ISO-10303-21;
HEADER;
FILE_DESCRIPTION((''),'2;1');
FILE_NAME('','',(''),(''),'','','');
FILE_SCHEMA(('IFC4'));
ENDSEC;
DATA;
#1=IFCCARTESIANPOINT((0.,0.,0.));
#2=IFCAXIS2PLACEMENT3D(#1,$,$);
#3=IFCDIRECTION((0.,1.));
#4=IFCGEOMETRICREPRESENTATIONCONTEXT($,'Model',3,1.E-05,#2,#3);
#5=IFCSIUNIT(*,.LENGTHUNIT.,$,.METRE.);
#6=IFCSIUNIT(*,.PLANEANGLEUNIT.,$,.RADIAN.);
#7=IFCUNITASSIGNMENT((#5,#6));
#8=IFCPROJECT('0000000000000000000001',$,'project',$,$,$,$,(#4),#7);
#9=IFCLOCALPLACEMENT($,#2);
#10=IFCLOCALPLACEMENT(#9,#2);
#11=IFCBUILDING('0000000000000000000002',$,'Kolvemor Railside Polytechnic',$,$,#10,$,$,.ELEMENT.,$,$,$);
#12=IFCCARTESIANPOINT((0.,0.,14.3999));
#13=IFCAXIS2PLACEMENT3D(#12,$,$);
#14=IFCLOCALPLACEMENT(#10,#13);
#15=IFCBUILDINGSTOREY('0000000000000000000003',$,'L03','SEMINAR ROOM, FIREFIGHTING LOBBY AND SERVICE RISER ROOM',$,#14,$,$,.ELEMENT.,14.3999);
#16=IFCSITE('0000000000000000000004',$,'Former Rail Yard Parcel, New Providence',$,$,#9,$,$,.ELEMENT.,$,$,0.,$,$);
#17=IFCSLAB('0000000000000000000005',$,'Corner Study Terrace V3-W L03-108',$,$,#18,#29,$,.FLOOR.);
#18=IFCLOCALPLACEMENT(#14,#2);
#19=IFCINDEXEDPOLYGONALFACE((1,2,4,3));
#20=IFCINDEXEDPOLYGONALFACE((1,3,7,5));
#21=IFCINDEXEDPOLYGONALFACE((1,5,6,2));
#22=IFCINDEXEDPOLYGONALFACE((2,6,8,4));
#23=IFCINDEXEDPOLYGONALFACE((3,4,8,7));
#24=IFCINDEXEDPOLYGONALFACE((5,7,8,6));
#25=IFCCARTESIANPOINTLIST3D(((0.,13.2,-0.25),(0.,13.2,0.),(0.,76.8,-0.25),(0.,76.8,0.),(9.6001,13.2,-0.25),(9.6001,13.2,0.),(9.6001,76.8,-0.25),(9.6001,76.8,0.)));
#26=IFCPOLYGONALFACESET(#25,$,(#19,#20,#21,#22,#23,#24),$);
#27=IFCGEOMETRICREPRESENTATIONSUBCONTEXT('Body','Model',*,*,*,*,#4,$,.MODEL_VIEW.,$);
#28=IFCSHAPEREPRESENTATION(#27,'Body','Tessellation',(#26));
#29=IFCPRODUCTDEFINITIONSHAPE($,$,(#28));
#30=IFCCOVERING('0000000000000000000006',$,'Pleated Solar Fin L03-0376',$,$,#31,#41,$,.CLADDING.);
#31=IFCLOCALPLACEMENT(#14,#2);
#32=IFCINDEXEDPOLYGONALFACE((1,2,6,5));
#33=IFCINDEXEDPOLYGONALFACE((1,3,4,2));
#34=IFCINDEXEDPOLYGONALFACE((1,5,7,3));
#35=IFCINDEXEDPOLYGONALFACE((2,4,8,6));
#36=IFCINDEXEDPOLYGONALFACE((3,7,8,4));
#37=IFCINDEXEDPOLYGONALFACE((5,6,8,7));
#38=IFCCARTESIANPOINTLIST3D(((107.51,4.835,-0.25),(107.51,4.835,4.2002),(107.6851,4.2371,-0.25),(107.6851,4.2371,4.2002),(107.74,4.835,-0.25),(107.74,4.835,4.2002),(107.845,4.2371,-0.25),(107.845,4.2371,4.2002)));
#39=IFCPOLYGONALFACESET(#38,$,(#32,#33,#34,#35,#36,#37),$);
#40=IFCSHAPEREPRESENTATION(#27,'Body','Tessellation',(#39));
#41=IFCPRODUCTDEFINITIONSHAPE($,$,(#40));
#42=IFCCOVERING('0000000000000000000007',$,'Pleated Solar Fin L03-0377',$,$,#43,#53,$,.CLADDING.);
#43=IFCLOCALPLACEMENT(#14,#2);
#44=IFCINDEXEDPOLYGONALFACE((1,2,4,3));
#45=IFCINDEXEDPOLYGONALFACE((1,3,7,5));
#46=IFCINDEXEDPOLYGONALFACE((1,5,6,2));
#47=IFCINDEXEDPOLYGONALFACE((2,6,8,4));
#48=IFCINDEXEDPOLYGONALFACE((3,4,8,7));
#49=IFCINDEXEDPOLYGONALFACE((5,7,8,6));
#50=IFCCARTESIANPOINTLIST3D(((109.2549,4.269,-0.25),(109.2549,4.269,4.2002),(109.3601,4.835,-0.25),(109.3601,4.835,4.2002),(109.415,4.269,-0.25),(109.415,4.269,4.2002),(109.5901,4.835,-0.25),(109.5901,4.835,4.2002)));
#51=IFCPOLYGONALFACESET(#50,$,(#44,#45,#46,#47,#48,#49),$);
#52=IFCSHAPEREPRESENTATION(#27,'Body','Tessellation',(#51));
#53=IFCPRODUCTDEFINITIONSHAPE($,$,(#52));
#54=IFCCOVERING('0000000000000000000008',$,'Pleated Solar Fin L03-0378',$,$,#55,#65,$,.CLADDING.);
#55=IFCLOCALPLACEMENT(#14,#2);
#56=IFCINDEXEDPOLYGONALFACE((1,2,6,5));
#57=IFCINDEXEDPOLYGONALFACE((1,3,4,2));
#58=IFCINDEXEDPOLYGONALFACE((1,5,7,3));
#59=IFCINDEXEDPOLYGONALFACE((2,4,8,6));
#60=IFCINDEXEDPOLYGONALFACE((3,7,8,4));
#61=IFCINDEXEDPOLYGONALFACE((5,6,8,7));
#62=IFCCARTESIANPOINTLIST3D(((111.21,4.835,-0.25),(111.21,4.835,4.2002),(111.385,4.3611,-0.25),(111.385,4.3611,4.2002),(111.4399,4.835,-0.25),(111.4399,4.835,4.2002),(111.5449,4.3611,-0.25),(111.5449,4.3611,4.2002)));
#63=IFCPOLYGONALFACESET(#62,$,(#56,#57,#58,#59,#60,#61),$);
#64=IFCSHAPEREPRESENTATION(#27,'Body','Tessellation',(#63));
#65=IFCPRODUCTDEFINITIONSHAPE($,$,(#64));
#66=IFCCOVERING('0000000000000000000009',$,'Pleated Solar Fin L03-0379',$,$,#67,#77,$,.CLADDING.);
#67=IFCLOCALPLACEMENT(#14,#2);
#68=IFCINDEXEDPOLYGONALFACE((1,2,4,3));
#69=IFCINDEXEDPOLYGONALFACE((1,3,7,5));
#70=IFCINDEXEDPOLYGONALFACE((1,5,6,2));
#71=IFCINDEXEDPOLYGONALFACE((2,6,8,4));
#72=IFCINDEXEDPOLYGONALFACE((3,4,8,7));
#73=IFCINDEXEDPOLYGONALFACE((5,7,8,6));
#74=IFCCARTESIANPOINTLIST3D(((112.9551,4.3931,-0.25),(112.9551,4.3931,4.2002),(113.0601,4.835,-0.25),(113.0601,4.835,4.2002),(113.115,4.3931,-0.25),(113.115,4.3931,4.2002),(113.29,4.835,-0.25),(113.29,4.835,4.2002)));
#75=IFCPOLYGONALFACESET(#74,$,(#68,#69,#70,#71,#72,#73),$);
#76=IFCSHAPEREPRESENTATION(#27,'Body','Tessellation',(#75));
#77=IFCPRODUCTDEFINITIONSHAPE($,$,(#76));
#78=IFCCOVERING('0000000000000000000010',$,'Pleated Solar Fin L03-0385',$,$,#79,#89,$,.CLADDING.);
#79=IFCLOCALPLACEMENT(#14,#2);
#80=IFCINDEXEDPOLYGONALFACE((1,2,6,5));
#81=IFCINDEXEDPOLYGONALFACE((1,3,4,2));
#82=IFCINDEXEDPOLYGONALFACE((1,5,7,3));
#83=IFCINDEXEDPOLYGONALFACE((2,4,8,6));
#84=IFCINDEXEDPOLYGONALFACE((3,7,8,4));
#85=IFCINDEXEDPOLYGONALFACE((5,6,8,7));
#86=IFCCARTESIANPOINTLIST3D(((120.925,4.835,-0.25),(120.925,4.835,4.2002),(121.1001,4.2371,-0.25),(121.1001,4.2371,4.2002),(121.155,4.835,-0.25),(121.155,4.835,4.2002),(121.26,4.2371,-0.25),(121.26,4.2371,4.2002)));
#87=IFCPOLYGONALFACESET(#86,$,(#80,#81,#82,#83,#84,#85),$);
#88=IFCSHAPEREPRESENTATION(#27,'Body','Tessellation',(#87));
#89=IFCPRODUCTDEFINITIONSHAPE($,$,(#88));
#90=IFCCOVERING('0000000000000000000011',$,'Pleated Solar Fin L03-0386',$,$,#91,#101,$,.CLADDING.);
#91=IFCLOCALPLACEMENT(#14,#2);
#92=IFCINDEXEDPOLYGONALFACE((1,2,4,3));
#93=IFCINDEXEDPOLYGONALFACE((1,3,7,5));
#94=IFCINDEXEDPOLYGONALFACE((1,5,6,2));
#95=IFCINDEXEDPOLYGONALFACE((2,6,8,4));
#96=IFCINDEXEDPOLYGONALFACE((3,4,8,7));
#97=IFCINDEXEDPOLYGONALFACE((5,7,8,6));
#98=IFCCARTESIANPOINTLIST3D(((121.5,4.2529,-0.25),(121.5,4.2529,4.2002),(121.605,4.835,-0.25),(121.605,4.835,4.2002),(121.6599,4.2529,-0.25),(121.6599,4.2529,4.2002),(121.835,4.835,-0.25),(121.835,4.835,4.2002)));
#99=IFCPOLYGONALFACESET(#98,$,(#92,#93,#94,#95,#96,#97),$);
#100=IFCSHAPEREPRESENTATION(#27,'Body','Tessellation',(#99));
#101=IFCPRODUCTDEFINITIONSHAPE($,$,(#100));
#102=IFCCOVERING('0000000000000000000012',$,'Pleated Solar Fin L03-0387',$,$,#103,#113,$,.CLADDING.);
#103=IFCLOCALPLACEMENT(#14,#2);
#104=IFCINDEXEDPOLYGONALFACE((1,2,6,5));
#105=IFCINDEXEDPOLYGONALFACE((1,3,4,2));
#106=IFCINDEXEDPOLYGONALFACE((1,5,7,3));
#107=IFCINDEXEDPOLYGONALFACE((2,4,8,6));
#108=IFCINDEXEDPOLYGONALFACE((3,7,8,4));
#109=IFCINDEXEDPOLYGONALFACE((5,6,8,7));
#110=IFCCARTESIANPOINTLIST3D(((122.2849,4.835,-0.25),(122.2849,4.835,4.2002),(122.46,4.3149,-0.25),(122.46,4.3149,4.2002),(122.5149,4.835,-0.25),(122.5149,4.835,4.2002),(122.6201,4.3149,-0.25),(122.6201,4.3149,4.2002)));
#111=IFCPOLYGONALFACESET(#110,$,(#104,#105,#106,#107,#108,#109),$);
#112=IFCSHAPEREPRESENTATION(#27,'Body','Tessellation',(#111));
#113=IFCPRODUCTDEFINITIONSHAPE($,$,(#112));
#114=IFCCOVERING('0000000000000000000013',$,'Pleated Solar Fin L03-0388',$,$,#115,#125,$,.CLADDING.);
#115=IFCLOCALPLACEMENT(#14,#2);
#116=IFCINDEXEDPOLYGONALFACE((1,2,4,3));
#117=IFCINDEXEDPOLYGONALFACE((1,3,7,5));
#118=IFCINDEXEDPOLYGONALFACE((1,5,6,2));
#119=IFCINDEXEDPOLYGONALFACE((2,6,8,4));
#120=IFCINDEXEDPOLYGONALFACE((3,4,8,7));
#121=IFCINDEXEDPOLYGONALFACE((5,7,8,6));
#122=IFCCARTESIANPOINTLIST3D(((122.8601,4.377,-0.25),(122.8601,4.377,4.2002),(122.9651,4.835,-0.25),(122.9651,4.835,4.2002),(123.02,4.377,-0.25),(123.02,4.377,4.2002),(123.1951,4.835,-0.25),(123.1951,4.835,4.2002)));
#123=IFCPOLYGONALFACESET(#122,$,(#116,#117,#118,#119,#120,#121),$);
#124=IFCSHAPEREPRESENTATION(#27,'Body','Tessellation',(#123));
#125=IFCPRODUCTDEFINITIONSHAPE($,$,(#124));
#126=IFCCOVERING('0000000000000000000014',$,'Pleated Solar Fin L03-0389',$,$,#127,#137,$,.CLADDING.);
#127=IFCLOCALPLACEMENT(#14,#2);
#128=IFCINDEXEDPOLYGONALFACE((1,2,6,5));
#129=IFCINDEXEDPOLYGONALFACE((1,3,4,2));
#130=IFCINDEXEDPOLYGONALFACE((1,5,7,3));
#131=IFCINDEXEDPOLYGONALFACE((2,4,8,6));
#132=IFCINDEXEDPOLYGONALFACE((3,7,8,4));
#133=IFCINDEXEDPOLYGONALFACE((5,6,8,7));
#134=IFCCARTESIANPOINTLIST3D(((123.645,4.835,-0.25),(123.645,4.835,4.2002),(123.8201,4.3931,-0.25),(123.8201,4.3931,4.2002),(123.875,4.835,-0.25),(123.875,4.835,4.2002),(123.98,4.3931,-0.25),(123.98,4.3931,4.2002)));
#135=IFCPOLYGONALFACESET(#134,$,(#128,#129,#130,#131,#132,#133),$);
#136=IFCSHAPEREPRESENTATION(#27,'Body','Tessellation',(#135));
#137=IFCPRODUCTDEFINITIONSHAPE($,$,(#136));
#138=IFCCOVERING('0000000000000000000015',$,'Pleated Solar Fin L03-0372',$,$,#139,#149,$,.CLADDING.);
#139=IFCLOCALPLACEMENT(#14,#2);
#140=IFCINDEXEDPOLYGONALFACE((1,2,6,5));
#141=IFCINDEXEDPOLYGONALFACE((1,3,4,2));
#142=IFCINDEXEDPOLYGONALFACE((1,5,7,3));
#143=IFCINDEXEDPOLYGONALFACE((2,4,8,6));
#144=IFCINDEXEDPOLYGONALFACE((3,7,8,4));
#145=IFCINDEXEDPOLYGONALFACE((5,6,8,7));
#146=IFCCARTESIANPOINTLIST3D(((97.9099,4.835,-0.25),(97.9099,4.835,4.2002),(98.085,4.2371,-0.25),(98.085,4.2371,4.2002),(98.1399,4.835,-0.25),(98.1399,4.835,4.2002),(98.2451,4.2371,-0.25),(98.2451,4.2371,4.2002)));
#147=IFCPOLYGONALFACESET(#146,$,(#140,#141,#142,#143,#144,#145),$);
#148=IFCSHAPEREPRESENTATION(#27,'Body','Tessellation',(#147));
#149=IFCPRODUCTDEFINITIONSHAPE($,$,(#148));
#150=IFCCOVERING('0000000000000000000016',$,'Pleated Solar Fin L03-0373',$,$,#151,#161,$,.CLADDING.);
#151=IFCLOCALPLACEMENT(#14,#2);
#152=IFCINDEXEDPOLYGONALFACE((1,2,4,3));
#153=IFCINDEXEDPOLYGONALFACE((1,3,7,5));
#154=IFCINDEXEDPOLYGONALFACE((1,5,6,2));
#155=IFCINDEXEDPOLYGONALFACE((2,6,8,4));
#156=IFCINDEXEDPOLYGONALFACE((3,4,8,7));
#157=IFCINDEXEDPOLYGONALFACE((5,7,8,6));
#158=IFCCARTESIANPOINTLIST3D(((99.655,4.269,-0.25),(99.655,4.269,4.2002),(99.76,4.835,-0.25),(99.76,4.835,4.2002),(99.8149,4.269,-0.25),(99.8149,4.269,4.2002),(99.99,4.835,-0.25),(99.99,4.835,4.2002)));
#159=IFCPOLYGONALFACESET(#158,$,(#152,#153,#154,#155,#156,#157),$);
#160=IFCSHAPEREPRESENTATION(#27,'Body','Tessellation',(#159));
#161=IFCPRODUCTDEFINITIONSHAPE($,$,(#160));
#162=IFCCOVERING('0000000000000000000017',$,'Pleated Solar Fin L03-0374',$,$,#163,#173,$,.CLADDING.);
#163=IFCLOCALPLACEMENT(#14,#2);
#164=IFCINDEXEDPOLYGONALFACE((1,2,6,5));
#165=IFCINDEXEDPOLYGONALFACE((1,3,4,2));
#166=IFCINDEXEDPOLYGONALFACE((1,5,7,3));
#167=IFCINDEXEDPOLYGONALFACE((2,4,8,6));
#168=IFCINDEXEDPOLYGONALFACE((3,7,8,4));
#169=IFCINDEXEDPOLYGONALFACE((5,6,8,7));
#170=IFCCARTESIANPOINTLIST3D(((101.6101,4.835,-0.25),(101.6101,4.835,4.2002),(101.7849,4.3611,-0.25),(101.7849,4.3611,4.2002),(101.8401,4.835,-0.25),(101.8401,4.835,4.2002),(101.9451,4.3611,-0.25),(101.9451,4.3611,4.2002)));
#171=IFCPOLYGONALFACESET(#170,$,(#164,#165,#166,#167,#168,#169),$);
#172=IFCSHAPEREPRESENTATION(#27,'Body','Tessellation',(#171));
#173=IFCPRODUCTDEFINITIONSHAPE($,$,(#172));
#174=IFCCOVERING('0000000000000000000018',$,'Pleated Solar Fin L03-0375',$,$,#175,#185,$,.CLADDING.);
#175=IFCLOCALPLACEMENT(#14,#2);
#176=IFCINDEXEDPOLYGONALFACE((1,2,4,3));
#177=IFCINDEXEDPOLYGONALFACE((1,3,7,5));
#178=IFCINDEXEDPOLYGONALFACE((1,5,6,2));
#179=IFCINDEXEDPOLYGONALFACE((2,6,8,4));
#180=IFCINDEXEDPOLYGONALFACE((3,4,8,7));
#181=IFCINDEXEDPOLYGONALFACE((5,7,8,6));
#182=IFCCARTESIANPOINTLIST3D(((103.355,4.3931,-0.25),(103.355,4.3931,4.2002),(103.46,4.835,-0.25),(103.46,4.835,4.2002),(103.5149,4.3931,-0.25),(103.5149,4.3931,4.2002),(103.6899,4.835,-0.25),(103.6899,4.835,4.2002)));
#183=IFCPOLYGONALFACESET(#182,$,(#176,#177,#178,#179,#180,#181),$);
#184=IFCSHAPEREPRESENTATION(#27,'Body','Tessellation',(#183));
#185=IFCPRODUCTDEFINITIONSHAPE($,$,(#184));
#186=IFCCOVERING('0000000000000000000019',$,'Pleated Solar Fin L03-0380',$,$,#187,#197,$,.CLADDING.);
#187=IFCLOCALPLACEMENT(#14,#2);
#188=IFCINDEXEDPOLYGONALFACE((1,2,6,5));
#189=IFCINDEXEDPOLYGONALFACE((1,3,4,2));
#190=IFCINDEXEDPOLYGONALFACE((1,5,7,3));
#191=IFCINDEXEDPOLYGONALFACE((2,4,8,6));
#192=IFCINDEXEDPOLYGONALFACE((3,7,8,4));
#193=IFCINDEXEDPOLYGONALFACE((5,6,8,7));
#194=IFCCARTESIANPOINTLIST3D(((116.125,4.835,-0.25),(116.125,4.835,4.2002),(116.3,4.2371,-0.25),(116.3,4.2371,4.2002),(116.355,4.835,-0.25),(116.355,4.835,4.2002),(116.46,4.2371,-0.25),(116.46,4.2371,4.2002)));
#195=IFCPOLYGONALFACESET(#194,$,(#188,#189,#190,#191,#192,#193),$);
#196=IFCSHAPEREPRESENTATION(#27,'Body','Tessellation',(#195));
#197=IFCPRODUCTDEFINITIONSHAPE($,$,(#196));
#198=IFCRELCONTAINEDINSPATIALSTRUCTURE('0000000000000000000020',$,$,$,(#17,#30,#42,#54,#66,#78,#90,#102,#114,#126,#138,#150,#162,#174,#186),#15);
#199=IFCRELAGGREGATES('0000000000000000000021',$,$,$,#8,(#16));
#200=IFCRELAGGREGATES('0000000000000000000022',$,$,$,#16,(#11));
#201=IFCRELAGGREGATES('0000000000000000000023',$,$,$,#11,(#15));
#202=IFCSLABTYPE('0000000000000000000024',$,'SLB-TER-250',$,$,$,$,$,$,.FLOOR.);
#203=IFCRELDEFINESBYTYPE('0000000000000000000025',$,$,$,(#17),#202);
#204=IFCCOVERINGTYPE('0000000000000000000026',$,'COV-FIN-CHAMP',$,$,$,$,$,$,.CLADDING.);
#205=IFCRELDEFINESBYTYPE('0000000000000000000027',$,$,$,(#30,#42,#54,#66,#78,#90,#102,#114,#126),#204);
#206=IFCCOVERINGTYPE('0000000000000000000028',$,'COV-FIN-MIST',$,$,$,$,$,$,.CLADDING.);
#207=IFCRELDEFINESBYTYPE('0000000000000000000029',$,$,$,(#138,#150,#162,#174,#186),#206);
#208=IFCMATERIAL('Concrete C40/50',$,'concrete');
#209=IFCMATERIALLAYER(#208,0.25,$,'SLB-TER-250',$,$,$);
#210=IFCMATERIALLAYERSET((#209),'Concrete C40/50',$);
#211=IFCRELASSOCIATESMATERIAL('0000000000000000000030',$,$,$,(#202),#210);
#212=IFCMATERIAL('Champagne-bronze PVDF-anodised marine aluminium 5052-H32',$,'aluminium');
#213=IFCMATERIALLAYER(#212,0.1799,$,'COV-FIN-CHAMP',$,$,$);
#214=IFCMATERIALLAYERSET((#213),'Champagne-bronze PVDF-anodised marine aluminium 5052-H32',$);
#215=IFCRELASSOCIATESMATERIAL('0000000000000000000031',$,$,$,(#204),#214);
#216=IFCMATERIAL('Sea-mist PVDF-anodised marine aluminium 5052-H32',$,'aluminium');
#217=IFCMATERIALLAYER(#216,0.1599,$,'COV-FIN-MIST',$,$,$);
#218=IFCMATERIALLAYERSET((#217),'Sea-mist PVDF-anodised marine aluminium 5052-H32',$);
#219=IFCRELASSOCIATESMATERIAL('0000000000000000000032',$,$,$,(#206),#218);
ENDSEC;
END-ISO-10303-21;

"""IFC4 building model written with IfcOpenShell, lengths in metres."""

from ifc_helpers import new_model, si_unit, direction, frame, origin, place, context, subcontext, project, spatial, polyline, outline, extrude, material, layer, layer_set, type_object, element, save


model = new_model("IFC4")

# Units and contexts
model_context = context("Model", 3, precision=1e-05, world=origin(), true_north=direction((0.0, 1.0)))
body_context = subcontext(model_context, "Body", "Model", "MODEL_VIEW")
ifc_project = project(units=[si_unit("LENGTHUNIT", "METRE"), si_unit("PLANEANGLEUNIT", "RADIAN")], contexts=[model_context])

# Site, building, storey
site_placement = place(None, origin())
site = spatial("IfcSite", under=ifc_project, at=site_placement, Name="Former Rail Yard Parcel, New Providence", CompositionType="ELEMENT", RefElevation=0.0)
building_placement = place(site_placement, origin())
building = spatial("IfcBuilding", under=site, at=building_placement, Name="Kolvemor Railside Polytechnic", CompositionType="ELEMENT")
storey_placement = place(building_placement, frame((0.0, 0.0, 14.3999)))
storey = spatial("IfcBuildingStorey", under=building, at=storey_placement, Name="L03", Description="SEMINAR ROOM, FIREFIGHTING LOBBY AND SERVICE RISER ROOM", CompositionType="ELEMENT", Elevation=14.3999)

# Slab
ifc_material_1 = material(Name="Concrete C40/50", Category="concrete")
ifc_layer_1 = layer(ifc_material_1, 0.25, Name="SLB-TER-250")
ifc_layer_set_1 = layer_set([ifc_layer_1], Name="Concrete C40/50")
slab_type = type_object("IfcSlabType", Name="SLB-TER-250", PredefinedType="FLOOR", material=ifc_layer_set_1)
slab_placement = place(storey_placement, frame((0.0, 0.0, -0.25)))
element("IfcSlab", 1, at=slab_placement, inside=storey, type_object=slab_type, Name="Corner Study Terrace V3-W L03-108", PredefinedType="FLOOR", context=body_context, shape_type="SweptSolid", body=[
    extrude(outline(polyline([(0.0, 13.2), (9.6001, 13.2), (9.6001, 76.8), (0.0, 76.8), (0.0, 13.2)])), origin(), (0.0, 0.0, 1.0), 0.25),
])

# Coverings
ifc_material_2 = material(Name="Champagne-bronze PVDF-anodised marine aluminium 5052-H32", Category="aluminium")
ifc_layer_2 = layer(ifc_material_2, 0.1799, Name="COV-FIN-CHAMP")
ifc_layer_set_2 = layer_set([ifc_layer_2], Name="Champagne-bronze PVDF-anodised marine aluminium 5052-H32")
covering_type_1 = type_object("IfcCoveringType", Name="COV-FIN-CHAMP", PredefinedType="CLADDING", material=ifc_layer_set_2)
covering_1_placement = place(storey_placement, frame((0.0, 0.0, -0.25)))
element("IfcCovering", 2, at=covering_1_placement, inside=storey, type_object=covering_type_1, Name="Pleated Solar Fin L03-0376", PredefinedType="CLADDING", context=body_context, shape_type="SweptSolid", body=[
    extrude(outline(polyline([(107.51, 4.835), (107.74, 4.835), (107.845, 4.2371), (107.6851, 4.2371), (107.51, 4.835)])), origin(), (0.0, 0.0, 1.0), 4.4502),
])
covering_2_placement = place(storey_placement, frame((0.0, 0.0, -0.25)))
element("IfcCovering", 3, at=covering_2_placement, inside=storey, type_object=covering_type_1, Name="Pleated Solar Fin L03-0377", PredefinedType="CLADDING", context=body_context, shape_type="SweptSolid", body=[
    extrude(outline(polyline([(109.3601, 4.835), (109.5901, 4.835), (109.415, 4.269), (109.2549, 4.269), (109.3601, 4.835)])), origin(), (0.0, 0.0, 1.0), 4.4502),
])
covering_3_placement = place(storey_placement, frame((0.0, 0.0, -0.25)))
element("IfcCovering", 4, at=covering_3_placement, inside=storey, type_object=covering_type_1, Name="Pleated Solar Fin L03-0378", PredefinedType="CLADDING", context=body_context, shape_type="SweptSolid", body=[
    extrude(outline(polyline([(111.21, 4.835), (111.4399, 4.835), (111.5449, 4.3611), (111.385, 4.3611), (111.21, 4.835)])), origin(), (0.0, 0.0, 1.0), 4.4502),
])
covering_4_placement = place(storey_placement, frame((0.0, 0.0, -0.25)))
element("IfcCovering", 5, at=covering_4_placement, inside=storey, type_object=covering_type_1, Name="Pleated Solar Fin L03-0379", PredefinedType="CLADDING", context=body_context, shape_type="SweptSolid", body=[
    extrude(outline(polyline([(113.0601, 4.835), (113.29, 4.835), (113.115, 4.3931), (112.9551, 4.3931), (113.0601, 4.835)])), origin(), (0.0, 0.0, 1.0), 4.4502),
])
covering_5_placement = place(storey_placement, frame((0.0, 0.0, -0.25)))
element("IfcCovering", 6, at=covering_5_placement, inside=storey, type_object=covering_type_1, Name="Pleated Solar Fin L03-0385", PredefinedType="CLADDING", context=body_context, shape_type="SweptSolid", body=[
    extrude(outline(polyline([(120.925, 4.835), (121.155, 4.835), (121.26, 4.2371), (121.1001, 4.2371), (120.925, 4.835)])), origin(), (0.0, 0.0, 1.0), 4.4502),
])
covering_6_placement = place(storey_placement, frame((0.0, 0.0, -0.25)))
element("IfcCovering", 7, at=covering_6_placement, inside=storey, type_object=covering_type_1, Name="Pleated Solar Fin L03-0386", PredefinedType="CLADDING", context=body_context, shape_type="SweptSolid", body=[
    extrude(outline(polyline([(121.605, 4.835), (121.835, 4.835), (121.6599, 4.2529), (121.5, 4.2529), (121.605, 4.835)])), origin(), (0.0, 0.0, 1.0), 4.4502),
])
covering_7_placement = place(storey_placement, frame((0.0, 0.0, -0.25)))
element("IfcCovering", 8, at=covering_7_placement, inside=storey, type_object=covering_type_1, Name="Pleated Solar Fin L03-0387", PredefinedType="CLADDING", context=body_context, shape_type="SweptSolid", body=[
    extrude(outline(polyline([(122.2849, 4.835), (122.5149, 4.835), (122.6201, 4.3149), (122.46, 4.3149), (122.2849, 4.835)])), origin(), (0.0, 0.0, 1.0), 4.4502),
])
covering_8_placement = place(storey_placement, frame((0.0, 0.0, -0.25)))
element("IfcCovering", 9, at=covering_8_placement, inside=storey, type_object=covering_type_1, Name="Pleated Solar Fin L03-0388", PredefinedType="CLADDING", context=body_context, shape_type="SweptSolid", body=[
    extrude(outline(polyline([(122.9651, 4.835), (123.1951, 4.835), (123.02, 4.377), (122.8601, 4.377), (122.9651, 4.835)])), origin(), (0.0, 0.0, 1.0), 4.4502),
])
covering_9_placement = place(storey_placement, frame((0.0, 0.0, -0.25)))
element("IfcCovering", 10, at=covering_9_placement, inside=storey, type_object=covering_type_1, Name="Pleated Solar Fin L03-0389", PredefinedType="CLADDING", context=body_context, shape_type="SweptSolid", body=[
    extrude(outline(polyline([(123.645, 4.835), (123.875, 4.835), (123.98, 4.3931), (123.8201, 4.3931), (123.645, 4.835)])), origin(), (0.0, 0.0, 1.0), 4.4502),
])
ifc_material_3 = material(Name="Sea-mist PVDF-anodised marine aluminium 5052-H32", Category="aluminium")
ifc_layer_3 = layer(ifc_material_3, 0.1599, Name="COV-FIN-MIST")
ifc_layer_set_3 = layer_set([ifc_layer_3], Name="Sea-mist PVDF-anodised marine aluminium 5052-H32")
covering_type_2 = type_object("IfcCoveringType", Name="COV-FIN-MIST", PredefinedType="CLADDING", material=ifc_layer_set_3)
covering_10_placement = place(storey_placement, frame((0.0, 0.0, -0.25)))
element("IfcCovering", 11, at=covering_10_placement, inside=storey, type_object=covering_type_2, Name="Pleated Solar Fin L03-0372", PredefinedType="CLADDING", context=body_context, shape_type="SweptSolid", body=[
    extrude(outline(polyline([(97.9099, 4.835), (98.1399, 4.835), (98.2451, 4.2371), (98.085, 4.2371), (97.9099, 4.835)])), origin(), (0.0, 0.0, 1.0), 4.4502),
])
covering_11_placement = place(storey_placement, frame((0.0, 0.0, -0.25)))
element("IfcCovering", 12, at=covering_11_placement, inside=storey, type_object=covering_type_2, Name="Pleated Solar Fin L03-0373", PredefinedType="CLADDING", context=body_context, shape_type="SweptSolid", body=[
    extrude(outline(polyline([(99.76, 4.835), (99.99, 4.835), (99.8149, 4.269), (99.655, 4.269), (99.76, 4.835)])), origin(), (0.0, 0.0, 1.0), 4.4502),
])
covering_12_placement = place(storey_placement, frame((0.0, 0.0, -0.25)))
element("IfcCovering", 13, at=covering_12_placement, inside=storey, type_object=covering_type_2, Name="Pleated Solar Fin L03-0374", PredefinedType="CLADDING", context=body_context, shape_type="SweptSolid", body=[
    extrude(outline(polyline([(101.6101, 4.835), (101.8401, 4.835), (101.9451, 4.3611), (101.7849, 4.3611), (101.6101, 4.835)])), origin(), (0.0, 0.0, 1.0), 4.4502),
])
covering_13_placement = place(storey_placement, frame((0.0, 0.0, -0.25)))
element("IfcCovering", 14, at=covering_13_placement, inside=storey, type_object=covering_type_2, Name="Pleated Solar Fin L03-0375", PredefinedType="CLADDING", context=body_context, shape_type="SweptSolid", body=[
    extrude(outline(polyline([(103.46, 4.835), (103.6899, 4.835), (103.5149, 4.3931), (103.355, 4.3931), (103.46, 4.835)])), origin(), (0.0, 0.0, 1.0), 4.4502),
])
covering_14_placement = place(storey_placement, frame((0.0, 0.0, -0.25)))
element("IfcCovering", 15, at=covering_14_placement, inside=storey, type_object=covering_type_2, Name="Pleated Solar Fin L03-0380", PredefinedType="CLADDING", context=body_context, shape_type="SweptSolid", body=[
    extrude(outline(polyline([(116.125, 4.835), (116.355, 4.835), (116.46, 4.2371), (116.3, 4.2371), (116.125, 4.835)])), origin(), (0.0, 0.0, 1.0), 4.4502),
])

save(model, "model.ifc")
